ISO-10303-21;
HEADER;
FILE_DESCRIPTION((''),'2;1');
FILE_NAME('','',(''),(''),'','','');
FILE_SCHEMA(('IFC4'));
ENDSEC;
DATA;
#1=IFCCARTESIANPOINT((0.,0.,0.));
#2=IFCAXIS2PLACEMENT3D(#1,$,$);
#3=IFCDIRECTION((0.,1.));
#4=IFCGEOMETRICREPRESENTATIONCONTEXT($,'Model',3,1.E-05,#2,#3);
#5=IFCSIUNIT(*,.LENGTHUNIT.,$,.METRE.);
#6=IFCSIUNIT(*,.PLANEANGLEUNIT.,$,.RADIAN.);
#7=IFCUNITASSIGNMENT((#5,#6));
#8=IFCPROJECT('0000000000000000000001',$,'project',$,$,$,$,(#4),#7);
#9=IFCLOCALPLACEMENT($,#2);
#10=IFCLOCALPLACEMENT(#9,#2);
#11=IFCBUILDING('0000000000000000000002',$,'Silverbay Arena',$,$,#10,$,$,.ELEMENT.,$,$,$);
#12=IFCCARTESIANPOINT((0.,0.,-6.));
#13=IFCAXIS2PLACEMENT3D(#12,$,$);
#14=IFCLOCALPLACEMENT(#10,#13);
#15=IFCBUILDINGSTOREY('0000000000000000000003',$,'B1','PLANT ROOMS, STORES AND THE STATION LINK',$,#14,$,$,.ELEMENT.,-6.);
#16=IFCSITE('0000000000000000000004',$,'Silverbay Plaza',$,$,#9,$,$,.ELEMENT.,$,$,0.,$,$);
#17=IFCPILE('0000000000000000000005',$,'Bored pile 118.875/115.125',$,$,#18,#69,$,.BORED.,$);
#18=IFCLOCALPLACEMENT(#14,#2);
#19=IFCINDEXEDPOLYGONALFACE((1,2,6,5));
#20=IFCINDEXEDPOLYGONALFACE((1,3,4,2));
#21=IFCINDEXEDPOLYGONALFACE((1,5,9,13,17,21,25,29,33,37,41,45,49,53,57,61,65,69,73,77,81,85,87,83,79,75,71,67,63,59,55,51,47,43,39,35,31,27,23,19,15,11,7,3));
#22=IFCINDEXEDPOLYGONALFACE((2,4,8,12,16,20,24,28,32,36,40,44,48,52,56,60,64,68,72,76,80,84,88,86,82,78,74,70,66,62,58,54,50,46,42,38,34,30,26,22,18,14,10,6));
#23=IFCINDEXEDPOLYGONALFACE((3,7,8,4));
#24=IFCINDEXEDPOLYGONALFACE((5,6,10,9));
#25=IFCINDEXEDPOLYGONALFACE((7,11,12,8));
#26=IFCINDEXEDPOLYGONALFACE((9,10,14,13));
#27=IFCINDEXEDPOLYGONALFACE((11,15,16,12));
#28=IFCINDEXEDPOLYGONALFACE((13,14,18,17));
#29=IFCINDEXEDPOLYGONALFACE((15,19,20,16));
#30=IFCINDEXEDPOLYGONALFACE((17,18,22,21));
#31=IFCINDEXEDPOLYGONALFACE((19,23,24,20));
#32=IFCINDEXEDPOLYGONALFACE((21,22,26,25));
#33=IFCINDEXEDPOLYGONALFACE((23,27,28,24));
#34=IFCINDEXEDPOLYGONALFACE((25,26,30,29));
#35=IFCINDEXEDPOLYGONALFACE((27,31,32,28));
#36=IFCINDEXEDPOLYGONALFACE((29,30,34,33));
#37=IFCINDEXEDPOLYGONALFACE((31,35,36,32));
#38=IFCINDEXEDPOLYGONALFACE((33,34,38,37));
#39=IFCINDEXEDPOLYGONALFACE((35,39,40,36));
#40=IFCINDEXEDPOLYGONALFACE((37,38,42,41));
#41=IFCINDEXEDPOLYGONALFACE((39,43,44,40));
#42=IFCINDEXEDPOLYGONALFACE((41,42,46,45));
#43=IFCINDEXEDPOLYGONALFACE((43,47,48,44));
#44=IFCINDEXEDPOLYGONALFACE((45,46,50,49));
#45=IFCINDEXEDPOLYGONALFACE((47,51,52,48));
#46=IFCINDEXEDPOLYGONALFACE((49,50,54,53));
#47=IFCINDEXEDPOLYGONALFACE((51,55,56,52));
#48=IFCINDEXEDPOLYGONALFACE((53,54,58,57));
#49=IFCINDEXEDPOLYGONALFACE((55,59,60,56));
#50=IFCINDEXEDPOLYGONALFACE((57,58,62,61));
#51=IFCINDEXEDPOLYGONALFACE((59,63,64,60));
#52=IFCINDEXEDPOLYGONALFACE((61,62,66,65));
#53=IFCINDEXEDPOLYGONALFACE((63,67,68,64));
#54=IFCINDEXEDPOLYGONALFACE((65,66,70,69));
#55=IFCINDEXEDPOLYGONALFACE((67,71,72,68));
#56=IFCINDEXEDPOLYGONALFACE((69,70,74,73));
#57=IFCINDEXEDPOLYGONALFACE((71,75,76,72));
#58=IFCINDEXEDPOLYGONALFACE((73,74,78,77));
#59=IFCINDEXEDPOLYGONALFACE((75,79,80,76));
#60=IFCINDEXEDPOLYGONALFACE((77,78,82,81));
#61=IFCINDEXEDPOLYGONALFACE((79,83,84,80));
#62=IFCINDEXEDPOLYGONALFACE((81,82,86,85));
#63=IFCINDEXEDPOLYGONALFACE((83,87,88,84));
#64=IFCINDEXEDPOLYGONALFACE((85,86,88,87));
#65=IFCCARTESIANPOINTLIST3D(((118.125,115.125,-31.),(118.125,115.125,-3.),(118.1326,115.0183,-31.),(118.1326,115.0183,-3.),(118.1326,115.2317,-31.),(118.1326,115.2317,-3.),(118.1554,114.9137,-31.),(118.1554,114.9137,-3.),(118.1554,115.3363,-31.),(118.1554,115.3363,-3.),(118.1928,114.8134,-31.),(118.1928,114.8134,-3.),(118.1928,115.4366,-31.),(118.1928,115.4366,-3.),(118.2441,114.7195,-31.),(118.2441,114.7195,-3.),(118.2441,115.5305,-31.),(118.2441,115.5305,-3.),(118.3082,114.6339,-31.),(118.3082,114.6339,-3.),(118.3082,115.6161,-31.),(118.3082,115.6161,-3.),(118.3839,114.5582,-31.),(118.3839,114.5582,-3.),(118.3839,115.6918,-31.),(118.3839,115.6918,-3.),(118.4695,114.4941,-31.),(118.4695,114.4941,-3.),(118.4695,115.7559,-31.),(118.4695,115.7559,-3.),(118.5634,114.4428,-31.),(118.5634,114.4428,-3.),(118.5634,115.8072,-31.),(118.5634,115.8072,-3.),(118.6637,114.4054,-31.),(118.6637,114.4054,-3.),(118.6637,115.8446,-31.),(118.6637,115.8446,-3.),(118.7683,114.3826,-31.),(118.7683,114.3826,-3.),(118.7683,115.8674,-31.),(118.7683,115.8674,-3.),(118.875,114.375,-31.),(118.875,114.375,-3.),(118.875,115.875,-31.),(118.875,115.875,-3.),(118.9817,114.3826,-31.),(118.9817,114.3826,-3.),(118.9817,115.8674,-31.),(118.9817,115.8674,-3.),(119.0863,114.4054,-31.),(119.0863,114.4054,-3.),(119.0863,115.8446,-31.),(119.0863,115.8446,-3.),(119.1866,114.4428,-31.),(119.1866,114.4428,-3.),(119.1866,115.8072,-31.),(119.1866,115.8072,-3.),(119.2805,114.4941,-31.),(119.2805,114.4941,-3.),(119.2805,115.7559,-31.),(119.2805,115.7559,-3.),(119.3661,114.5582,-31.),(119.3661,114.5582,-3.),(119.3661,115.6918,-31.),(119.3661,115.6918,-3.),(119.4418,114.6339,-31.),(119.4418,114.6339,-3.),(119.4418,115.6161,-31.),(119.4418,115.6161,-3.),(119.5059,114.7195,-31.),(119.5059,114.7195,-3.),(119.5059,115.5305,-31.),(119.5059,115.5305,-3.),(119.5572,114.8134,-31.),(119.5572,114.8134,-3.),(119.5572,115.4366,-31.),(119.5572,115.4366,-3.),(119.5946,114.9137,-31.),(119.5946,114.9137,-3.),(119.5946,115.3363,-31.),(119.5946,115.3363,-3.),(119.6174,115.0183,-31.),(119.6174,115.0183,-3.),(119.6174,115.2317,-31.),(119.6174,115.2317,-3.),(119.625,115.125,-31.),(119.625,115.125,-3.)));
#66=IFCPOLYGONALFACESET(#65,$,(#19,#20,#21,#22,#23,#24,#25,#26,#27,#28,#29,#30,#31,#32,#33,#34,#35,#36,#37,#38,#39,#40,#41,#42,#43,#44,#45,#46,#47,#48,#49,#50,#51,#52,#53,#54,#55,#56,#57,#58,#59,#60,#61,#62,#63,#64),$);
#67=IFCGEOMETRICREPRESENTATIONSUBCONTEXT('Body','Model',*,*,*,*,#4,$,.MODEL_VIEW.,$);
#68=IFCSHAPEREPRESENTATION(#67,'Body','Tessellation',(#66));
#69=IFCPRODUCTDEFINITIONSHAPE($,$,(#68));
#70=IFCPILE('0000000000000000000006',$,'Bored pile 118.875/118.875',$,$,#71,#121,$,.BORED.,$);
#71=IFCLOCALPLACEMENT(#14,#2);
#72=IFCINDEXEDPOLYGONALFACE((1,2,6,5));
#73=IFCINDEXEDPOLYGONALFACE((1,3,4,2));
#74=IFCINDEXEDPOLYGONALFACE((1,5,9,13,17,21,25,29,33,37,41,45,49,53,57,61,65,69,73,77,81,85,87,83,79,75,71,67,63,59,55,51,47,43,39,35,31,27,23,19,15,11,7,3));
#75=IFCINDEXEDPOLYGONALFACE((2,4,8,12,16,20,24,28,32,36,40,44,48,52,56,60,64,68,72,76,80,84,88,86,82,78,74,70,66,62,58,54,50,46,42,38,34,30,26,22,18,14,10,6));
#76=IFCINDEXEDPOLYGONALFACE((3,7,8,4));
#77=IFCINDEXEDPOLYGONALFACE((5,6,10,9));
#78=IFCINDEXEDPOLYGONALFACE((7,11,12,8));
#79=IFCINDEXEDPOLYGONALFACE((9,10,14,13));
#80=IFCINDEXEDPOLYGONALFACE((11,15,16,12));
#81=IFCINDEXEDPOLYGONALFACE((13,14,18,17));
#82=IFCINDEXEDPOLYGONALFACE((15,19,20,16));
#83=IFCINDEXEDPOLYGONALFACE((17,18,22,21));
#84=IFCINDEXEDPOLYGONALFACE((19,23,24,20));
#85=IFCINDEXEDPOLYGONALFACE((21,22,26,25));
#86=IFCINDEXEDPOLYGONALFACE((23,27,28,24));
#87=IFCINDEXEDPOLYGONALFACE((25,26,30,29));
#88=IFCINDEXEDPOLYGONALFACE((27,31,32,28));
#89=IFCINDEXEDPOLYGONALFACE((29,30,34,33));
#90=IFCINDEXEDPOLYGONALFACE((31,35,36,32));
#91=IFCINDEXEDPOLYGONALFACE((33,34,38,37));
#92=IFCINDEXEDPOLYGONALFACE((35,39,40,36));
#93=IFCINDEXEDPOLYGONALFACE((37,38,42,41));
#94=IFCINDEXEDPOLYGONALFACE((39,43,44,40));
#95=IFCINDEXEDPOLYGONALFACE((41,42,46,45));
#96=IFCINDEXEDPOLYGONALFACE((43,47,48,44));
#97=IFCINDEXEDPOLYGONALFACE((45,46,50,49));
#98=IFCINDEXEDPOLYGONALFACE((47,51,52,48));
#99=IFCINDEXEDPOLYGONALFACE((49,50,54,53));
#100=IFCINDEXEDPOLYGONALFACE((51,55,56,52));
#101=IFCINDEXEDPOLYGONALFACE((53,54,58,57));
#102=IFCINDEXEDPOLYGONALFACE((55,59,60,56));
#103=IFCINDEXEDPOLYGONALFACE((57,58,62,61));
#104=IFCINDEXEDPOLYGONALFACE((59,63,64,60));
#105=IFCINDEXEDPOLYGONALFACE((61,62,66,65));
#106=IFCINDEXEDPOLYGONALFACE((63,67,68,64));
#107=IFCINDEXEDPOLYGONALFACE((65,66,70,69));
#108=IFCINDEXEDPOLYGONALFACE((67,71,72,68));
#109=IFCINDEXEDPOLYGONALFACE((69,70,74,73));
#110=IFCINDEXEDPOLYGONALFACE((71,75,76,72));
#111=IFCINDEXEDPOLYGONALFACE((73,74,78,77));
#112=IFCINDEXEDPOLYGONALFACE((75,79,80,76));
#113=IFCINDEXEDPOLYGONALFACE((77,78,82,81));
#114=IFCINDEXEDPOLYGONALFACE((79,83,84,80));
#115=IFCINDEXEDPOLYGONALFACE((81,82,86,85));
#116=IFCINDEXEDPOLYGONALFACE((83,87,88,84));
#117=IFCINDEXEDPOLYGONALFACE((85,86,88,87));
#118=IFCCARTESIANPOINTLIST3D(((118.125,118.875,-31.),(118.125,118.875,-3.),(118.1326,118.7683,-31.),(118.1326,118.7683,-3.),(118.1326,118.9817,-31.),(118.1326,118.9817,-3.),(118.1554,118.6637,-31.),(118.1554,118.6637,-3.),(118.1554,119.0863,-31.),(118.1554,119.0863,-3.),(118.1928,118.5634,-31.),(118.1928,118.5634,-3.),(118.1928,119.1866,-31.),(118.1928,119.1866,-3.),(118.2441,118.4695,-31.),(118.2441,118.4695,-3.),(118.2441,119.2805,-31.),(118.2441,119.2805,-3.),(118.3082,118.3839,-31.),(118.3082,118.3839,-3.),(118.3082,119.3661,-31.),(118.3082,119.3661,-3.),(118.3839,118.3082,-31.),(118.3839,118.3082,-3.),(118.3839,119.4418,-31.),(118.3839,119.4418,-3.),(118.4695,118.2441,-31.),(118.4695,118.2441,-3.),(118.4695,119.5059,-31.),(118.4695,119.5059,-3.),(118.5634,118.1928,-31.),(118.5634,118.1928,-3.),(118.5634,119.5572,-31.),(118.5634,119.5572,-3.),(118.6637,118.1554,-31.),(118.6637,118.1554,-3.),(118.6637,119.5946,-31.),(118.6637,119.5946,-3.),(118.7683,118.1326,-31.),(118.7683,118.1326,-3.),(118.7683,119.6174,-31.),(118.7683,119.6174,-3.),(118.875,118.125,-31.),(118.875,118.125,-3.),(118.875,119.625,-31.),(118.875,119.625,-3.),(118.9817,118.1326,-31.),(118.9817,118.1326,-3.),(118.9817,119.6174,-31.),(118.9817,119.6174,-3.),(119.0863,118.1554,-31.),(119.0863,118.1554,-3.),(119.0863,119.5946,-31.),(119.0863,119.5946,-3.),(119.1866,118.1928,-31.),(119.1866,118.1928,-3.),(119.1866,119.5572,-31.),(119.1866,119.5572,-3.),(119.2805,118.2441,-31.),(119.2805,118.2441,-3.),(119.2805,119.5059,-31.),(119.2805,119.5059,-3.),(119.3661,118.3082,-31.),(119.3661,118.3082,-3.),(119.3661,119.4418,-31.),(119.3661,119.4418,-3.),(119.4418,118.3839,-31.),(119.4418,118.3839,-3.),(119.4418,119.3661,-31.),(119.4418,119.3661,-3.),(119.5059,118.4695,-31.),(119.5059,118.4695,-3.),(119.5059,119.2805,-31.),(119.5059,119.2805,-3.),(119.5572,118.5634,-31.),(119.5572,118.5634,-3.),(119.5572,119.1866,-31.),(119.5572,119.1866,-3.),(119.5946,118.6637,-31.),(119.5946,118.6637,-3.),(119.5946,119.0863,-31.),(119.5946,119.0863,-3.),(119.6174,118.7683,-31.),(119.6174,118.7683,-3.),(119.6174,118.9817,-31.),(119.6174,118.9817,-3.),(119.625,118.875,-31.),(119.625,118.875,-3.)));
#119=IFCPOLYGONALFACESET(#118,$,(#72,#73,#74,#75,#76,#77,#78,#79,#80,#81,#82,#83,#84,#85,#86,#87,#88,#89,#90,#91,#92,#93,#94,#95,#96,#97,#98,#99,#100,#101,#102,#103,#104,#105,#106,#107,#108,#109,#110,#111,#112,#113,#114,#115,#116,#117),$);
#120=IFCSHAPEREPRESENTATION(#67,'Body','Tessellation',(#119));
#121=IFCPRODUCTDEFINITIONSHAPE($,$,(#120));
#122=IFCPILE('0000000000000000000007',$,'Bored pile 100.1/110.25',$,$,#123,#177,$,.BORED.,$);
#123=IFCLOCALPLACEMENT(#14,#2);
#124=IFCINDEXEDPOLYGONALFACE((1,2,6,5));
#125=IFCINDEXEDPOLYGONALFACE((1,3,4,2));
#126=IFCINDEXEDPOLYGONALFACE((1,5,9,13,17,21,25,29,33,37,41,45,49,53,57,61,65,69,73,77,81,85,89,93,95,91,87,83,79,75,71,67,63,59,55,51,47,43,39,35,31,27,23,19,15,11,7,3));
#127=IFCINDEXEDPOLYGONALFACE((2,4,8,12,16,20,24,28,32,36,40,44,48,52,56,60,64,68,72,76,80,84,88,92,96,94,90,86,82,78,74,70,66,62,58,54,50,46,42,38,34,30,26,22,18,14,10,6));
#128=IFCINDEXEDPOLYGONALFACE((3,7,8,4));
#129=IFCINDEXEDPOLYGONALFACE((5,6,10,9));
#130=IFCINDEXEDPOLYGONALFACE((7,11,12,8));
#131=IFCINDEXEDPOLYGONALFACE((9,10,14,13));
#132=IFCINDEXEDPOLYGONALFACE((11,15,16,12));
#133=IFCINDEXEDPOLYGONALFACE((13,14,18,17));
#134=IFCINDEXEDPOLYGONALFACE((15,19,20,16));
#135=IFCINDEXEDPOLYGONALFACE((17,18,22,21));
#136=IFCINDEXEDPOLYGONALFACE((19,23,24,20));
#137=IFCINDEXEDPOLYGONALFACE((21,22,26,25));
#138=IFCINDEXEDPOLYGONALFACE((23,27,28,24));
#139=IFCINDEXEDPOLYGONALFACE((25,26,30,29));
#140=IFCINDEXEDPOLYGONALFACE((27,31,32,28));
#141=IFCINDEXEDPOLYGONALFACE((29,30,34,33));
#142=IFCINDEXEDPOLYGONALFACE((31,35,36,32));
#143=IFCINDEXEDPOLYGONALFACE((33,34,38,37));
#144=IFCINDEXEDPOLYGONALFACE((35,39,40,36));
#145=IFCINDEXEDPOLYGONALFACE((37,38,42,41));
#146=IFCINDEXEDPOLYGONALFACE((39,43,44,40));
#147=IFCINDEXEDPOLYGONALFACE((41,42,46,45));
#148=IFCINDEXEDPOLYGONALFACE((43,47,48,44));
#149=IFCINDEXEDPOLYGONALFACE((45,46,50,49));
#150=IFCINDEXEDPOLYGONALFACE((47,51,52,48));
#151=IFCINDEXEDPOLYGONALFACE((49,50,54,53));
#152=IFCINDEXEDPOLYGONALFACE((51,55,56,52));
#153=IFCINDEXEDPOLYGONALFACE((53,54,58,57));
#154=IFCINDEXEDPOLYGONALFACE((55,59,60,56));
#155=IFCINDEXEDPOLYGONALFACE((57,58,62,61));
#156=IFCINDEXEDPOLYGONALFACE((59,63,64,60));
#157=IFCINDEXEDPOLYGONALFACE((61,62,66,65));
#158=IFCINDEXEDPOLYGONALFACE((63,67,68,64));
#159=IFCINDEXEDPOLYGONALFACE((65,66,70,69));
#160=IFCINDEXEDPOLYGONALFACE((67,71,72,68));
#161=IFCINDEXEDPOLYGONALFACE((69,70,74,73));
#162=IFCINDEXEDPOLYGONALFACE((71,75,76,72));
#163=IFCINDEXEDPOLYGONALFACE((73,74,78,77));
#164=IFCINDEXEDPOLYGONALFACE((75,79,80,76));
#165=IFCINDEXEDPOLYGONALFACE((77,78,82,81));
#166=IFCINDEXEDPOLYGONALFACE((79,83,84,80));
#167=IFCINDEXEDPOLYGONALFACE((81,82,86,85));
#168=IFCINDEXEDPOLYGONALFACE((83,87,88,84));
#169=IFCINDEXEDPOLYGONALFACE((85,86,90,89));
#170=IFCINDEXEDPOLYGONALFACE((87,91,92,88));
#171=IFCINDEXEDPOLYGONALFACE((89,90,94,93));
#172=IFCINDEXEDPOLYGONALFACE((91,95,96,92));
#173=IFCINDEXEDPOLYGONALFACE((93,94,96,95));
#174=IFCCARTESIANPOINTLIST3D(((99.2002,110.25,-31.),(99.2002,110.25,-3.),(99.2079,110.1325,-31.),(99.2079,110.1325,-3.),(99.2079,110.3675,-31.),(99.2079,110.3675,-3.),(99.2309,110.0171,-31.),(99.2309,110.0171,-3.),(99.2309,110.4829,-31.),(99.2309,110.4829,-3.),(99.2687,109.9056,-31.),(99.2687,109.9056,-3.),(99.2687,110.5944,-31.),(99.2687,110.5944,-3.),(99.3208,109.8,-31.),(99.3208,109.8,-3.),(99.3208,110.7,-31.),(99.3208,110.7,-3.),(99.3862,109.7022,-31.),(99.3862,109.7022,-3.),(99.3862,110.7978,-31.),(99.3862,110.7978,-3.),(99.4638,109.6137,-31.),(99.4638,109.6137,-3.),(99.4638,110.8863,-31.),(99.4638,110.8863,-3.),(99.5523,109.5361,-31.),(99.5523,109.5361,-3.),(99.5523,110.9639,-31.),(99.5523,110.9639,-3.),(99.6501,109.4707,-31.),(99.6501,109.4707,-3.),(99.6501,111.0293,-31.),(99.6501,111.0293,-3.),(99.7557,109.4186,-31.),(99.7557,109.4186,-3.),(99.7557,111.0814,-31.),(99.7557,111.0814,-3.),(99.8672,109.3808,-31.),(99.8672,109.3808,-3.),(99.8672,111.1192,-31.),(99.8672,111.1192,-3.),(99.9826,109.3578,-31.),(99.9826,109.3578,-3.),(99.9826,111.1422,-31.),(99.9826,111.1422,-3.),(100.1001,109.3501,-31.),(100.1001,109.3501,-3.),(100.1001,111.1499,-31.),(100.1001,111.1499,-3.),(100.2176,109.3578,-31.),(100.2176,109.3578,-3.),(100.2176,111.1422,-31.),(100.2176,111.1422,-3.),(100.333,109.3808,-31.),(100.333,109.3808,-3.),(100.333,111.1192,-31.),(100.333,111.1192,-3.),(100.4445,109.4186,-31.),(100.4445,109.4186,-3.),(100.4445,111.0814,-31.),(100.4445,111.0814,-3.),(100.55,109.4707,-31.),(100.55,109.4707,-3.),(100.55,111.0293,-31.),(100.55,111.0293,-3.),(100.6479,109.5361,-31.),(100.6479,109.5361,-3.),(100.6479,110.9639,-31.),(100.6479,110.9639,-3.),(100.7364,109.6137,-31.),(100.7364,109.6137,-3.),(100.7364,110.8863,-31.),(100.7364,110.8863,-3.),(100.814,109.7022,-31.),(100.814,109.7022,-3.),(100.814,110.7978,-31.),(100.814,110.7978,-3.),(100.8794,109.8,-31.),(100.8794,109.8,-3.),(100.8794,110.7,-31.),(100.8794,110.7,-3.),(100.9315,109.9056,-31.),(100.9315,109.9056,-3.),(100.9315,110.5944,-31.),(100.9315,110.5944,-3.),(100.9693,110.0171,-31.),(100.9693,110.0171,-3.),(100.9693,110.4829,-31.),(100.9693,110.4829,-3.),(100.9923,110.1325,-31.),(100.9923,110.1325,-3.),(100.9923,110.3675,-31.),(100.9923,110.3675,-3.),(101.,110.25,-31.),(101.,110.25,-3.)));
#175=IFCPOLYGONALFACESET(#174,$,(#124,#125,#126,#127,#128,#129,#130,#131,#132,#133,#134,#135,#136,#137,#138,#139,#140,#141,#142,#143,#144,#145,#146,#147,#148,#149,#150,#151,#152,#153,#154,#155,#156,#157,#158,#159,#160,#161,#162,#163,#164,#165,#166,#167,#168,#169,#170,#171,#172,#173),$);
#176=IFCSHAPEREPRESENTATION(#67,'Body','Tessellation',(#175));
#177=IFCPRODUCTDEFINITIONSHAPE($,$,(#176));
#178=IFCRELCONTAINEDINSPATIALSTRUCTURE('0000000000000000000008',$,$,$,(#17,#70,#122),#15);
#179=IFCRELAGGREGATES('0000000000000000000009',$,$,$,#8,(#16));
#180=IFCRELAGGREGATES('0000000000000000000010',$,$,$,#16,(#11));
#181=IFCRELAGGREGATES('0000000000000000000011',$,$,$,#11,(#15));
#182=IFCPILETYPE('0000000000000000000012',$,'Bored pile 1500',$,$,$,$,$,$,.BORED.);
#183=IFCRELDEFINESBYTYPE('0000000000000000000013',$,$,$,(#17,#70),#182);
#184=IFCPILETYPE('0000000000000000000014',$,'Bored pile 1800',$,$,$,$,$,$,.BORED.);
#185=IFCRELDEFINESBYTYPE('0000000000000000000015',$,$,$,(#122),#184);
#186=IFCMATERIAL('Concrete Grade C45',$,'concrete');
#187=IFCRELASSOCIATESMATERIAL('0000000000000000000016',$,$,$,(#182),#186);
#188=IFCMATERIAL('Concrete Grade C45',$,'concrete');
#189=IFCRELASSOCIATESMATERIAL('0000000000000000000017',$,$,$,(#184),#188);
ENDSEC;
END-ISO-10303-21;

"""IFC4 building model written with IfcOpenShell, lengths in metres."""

from ifc_helpers import new_model, si_unit, direction, frame, origin, origin_2d, place, context, subcontext, project, spatial, circle, extrude, material, material_profile, profile_set, type_object, element, save


model = new_model("IFC4")

# Units and contexts
model_context = context("Model", 3, precision=1e-05, world=origin(), true_north=direction((0.0, 1.0)))
body_context = subcontext(model_context, "Body", "Model", "MODEL_VIEW")
ifc_project = project(units=[si_unit("LENGTHUNIT", "METRE"), si_unit("PLANEANGLEUNIT", "RADIAN")], contexts=[model_context])

# Site, building, storey
site_placement = place(None, origin())
site = spatial("IfcSite", under=ifc_project, at=site_placement, Name="Silverbay Plaza", CompositionType="ELEMENT", RefElevation=0.0)
building_placement = place(site_placement, origin())
building = spatial("IfcBuilding", under=site, at=building_placement, Name="Silverbay Arena", CompositionType="ELEMENT")
storey_placement = place(building_placement, frame((0.0, 0.0, -6.0)))
storey = spatial("IfcBuildingStorey", under=building, at=storey_placement, Name="B1", Description="PLANT ROOMS, STORES AND THE STATION LINK", CompositionType="ELEMENT", Elevation=-6.0)

# Piles
ifc_material_1 = material(Name="Concrete Grade C45", Category="concrete")
ifc_material_profile_1 = material_profile(ifc_material_1, circle(Radius=0.75, at=origin_2d()), Name="Bored pile 1500")
ifc_profile_set_1 = profile_set([ifc_material_profile_1], Name="Concrete Grade C45")
pile_type_1 = type_object("IfcPileType", Name="Bored pile 1500", PredefinedType="BORED", material=ifc_profile_set_1)
for number, where, z_axis, x_axis, name in (
    (1, (118.875, 115.125, -3.0), (0.0, 0.0, -1.0), (1.0, 0.0, 0.0), "Bored pile 118.875/115.125"),
    (2, (118.875, 118.875, -3.0), (0.0, 0.0, -1.0), (1.0, 0.0, 0.0), "Bored pile 118.875/118.875"),
):
    element("IfcPile", number, at=place(storey_placement, frame(where, z_axis=z_axis, x_axis=x_axis)), inside=storey, type_object=pile_type_1, Name=name, PredefinedType="BORED", context=body_context, shape_type="SweptSolid", body=[
        extrude(circle(Radius=0.75, at=origin_2d()), origin(), (0.0, 0.0, 1.0), 28.0),
    ])
ifc_material_2 = material(Name="Concrete Grade C45", Category="concrete")
ifc_material_profile_2 = material_profile(ifc_material_2, circle(Radius=0.8999, at=origin_2d()), Name="Bored pile 1800")
ifc_profile_set_2 = profile_set([ifc_material_profile_2], Name="Concrete Grade C45")
pile_type_2 = type_object("IfcPileType", Name="Bored pile 1800", PredefinedType="BORED", material=ifc_profile_set_2)
for number, where, z_axis, x_axis, name in (
    (3, (100.1001, 110.25, -3.0), (0.0, 0.0, -1.0), (1.0, 0.0, 0.0), "Bored pile 100.1/110.25"),
):
    element("IfcPile", number, at=place(storey_placement, frame(where, z_axis=z_axis, x_axis=x_axis)), inside=storey, type_object=pile_type_2, Name=name, PredefinedType="BORED", context=body_context, shape_type="SweptSolid", body=[
        extrude(circle(Radius=0.8999, at=origin_2d()), origin(), (0.0, 0.0, 1.0), 28.0),
    ])

save(model, "model.ifc")
